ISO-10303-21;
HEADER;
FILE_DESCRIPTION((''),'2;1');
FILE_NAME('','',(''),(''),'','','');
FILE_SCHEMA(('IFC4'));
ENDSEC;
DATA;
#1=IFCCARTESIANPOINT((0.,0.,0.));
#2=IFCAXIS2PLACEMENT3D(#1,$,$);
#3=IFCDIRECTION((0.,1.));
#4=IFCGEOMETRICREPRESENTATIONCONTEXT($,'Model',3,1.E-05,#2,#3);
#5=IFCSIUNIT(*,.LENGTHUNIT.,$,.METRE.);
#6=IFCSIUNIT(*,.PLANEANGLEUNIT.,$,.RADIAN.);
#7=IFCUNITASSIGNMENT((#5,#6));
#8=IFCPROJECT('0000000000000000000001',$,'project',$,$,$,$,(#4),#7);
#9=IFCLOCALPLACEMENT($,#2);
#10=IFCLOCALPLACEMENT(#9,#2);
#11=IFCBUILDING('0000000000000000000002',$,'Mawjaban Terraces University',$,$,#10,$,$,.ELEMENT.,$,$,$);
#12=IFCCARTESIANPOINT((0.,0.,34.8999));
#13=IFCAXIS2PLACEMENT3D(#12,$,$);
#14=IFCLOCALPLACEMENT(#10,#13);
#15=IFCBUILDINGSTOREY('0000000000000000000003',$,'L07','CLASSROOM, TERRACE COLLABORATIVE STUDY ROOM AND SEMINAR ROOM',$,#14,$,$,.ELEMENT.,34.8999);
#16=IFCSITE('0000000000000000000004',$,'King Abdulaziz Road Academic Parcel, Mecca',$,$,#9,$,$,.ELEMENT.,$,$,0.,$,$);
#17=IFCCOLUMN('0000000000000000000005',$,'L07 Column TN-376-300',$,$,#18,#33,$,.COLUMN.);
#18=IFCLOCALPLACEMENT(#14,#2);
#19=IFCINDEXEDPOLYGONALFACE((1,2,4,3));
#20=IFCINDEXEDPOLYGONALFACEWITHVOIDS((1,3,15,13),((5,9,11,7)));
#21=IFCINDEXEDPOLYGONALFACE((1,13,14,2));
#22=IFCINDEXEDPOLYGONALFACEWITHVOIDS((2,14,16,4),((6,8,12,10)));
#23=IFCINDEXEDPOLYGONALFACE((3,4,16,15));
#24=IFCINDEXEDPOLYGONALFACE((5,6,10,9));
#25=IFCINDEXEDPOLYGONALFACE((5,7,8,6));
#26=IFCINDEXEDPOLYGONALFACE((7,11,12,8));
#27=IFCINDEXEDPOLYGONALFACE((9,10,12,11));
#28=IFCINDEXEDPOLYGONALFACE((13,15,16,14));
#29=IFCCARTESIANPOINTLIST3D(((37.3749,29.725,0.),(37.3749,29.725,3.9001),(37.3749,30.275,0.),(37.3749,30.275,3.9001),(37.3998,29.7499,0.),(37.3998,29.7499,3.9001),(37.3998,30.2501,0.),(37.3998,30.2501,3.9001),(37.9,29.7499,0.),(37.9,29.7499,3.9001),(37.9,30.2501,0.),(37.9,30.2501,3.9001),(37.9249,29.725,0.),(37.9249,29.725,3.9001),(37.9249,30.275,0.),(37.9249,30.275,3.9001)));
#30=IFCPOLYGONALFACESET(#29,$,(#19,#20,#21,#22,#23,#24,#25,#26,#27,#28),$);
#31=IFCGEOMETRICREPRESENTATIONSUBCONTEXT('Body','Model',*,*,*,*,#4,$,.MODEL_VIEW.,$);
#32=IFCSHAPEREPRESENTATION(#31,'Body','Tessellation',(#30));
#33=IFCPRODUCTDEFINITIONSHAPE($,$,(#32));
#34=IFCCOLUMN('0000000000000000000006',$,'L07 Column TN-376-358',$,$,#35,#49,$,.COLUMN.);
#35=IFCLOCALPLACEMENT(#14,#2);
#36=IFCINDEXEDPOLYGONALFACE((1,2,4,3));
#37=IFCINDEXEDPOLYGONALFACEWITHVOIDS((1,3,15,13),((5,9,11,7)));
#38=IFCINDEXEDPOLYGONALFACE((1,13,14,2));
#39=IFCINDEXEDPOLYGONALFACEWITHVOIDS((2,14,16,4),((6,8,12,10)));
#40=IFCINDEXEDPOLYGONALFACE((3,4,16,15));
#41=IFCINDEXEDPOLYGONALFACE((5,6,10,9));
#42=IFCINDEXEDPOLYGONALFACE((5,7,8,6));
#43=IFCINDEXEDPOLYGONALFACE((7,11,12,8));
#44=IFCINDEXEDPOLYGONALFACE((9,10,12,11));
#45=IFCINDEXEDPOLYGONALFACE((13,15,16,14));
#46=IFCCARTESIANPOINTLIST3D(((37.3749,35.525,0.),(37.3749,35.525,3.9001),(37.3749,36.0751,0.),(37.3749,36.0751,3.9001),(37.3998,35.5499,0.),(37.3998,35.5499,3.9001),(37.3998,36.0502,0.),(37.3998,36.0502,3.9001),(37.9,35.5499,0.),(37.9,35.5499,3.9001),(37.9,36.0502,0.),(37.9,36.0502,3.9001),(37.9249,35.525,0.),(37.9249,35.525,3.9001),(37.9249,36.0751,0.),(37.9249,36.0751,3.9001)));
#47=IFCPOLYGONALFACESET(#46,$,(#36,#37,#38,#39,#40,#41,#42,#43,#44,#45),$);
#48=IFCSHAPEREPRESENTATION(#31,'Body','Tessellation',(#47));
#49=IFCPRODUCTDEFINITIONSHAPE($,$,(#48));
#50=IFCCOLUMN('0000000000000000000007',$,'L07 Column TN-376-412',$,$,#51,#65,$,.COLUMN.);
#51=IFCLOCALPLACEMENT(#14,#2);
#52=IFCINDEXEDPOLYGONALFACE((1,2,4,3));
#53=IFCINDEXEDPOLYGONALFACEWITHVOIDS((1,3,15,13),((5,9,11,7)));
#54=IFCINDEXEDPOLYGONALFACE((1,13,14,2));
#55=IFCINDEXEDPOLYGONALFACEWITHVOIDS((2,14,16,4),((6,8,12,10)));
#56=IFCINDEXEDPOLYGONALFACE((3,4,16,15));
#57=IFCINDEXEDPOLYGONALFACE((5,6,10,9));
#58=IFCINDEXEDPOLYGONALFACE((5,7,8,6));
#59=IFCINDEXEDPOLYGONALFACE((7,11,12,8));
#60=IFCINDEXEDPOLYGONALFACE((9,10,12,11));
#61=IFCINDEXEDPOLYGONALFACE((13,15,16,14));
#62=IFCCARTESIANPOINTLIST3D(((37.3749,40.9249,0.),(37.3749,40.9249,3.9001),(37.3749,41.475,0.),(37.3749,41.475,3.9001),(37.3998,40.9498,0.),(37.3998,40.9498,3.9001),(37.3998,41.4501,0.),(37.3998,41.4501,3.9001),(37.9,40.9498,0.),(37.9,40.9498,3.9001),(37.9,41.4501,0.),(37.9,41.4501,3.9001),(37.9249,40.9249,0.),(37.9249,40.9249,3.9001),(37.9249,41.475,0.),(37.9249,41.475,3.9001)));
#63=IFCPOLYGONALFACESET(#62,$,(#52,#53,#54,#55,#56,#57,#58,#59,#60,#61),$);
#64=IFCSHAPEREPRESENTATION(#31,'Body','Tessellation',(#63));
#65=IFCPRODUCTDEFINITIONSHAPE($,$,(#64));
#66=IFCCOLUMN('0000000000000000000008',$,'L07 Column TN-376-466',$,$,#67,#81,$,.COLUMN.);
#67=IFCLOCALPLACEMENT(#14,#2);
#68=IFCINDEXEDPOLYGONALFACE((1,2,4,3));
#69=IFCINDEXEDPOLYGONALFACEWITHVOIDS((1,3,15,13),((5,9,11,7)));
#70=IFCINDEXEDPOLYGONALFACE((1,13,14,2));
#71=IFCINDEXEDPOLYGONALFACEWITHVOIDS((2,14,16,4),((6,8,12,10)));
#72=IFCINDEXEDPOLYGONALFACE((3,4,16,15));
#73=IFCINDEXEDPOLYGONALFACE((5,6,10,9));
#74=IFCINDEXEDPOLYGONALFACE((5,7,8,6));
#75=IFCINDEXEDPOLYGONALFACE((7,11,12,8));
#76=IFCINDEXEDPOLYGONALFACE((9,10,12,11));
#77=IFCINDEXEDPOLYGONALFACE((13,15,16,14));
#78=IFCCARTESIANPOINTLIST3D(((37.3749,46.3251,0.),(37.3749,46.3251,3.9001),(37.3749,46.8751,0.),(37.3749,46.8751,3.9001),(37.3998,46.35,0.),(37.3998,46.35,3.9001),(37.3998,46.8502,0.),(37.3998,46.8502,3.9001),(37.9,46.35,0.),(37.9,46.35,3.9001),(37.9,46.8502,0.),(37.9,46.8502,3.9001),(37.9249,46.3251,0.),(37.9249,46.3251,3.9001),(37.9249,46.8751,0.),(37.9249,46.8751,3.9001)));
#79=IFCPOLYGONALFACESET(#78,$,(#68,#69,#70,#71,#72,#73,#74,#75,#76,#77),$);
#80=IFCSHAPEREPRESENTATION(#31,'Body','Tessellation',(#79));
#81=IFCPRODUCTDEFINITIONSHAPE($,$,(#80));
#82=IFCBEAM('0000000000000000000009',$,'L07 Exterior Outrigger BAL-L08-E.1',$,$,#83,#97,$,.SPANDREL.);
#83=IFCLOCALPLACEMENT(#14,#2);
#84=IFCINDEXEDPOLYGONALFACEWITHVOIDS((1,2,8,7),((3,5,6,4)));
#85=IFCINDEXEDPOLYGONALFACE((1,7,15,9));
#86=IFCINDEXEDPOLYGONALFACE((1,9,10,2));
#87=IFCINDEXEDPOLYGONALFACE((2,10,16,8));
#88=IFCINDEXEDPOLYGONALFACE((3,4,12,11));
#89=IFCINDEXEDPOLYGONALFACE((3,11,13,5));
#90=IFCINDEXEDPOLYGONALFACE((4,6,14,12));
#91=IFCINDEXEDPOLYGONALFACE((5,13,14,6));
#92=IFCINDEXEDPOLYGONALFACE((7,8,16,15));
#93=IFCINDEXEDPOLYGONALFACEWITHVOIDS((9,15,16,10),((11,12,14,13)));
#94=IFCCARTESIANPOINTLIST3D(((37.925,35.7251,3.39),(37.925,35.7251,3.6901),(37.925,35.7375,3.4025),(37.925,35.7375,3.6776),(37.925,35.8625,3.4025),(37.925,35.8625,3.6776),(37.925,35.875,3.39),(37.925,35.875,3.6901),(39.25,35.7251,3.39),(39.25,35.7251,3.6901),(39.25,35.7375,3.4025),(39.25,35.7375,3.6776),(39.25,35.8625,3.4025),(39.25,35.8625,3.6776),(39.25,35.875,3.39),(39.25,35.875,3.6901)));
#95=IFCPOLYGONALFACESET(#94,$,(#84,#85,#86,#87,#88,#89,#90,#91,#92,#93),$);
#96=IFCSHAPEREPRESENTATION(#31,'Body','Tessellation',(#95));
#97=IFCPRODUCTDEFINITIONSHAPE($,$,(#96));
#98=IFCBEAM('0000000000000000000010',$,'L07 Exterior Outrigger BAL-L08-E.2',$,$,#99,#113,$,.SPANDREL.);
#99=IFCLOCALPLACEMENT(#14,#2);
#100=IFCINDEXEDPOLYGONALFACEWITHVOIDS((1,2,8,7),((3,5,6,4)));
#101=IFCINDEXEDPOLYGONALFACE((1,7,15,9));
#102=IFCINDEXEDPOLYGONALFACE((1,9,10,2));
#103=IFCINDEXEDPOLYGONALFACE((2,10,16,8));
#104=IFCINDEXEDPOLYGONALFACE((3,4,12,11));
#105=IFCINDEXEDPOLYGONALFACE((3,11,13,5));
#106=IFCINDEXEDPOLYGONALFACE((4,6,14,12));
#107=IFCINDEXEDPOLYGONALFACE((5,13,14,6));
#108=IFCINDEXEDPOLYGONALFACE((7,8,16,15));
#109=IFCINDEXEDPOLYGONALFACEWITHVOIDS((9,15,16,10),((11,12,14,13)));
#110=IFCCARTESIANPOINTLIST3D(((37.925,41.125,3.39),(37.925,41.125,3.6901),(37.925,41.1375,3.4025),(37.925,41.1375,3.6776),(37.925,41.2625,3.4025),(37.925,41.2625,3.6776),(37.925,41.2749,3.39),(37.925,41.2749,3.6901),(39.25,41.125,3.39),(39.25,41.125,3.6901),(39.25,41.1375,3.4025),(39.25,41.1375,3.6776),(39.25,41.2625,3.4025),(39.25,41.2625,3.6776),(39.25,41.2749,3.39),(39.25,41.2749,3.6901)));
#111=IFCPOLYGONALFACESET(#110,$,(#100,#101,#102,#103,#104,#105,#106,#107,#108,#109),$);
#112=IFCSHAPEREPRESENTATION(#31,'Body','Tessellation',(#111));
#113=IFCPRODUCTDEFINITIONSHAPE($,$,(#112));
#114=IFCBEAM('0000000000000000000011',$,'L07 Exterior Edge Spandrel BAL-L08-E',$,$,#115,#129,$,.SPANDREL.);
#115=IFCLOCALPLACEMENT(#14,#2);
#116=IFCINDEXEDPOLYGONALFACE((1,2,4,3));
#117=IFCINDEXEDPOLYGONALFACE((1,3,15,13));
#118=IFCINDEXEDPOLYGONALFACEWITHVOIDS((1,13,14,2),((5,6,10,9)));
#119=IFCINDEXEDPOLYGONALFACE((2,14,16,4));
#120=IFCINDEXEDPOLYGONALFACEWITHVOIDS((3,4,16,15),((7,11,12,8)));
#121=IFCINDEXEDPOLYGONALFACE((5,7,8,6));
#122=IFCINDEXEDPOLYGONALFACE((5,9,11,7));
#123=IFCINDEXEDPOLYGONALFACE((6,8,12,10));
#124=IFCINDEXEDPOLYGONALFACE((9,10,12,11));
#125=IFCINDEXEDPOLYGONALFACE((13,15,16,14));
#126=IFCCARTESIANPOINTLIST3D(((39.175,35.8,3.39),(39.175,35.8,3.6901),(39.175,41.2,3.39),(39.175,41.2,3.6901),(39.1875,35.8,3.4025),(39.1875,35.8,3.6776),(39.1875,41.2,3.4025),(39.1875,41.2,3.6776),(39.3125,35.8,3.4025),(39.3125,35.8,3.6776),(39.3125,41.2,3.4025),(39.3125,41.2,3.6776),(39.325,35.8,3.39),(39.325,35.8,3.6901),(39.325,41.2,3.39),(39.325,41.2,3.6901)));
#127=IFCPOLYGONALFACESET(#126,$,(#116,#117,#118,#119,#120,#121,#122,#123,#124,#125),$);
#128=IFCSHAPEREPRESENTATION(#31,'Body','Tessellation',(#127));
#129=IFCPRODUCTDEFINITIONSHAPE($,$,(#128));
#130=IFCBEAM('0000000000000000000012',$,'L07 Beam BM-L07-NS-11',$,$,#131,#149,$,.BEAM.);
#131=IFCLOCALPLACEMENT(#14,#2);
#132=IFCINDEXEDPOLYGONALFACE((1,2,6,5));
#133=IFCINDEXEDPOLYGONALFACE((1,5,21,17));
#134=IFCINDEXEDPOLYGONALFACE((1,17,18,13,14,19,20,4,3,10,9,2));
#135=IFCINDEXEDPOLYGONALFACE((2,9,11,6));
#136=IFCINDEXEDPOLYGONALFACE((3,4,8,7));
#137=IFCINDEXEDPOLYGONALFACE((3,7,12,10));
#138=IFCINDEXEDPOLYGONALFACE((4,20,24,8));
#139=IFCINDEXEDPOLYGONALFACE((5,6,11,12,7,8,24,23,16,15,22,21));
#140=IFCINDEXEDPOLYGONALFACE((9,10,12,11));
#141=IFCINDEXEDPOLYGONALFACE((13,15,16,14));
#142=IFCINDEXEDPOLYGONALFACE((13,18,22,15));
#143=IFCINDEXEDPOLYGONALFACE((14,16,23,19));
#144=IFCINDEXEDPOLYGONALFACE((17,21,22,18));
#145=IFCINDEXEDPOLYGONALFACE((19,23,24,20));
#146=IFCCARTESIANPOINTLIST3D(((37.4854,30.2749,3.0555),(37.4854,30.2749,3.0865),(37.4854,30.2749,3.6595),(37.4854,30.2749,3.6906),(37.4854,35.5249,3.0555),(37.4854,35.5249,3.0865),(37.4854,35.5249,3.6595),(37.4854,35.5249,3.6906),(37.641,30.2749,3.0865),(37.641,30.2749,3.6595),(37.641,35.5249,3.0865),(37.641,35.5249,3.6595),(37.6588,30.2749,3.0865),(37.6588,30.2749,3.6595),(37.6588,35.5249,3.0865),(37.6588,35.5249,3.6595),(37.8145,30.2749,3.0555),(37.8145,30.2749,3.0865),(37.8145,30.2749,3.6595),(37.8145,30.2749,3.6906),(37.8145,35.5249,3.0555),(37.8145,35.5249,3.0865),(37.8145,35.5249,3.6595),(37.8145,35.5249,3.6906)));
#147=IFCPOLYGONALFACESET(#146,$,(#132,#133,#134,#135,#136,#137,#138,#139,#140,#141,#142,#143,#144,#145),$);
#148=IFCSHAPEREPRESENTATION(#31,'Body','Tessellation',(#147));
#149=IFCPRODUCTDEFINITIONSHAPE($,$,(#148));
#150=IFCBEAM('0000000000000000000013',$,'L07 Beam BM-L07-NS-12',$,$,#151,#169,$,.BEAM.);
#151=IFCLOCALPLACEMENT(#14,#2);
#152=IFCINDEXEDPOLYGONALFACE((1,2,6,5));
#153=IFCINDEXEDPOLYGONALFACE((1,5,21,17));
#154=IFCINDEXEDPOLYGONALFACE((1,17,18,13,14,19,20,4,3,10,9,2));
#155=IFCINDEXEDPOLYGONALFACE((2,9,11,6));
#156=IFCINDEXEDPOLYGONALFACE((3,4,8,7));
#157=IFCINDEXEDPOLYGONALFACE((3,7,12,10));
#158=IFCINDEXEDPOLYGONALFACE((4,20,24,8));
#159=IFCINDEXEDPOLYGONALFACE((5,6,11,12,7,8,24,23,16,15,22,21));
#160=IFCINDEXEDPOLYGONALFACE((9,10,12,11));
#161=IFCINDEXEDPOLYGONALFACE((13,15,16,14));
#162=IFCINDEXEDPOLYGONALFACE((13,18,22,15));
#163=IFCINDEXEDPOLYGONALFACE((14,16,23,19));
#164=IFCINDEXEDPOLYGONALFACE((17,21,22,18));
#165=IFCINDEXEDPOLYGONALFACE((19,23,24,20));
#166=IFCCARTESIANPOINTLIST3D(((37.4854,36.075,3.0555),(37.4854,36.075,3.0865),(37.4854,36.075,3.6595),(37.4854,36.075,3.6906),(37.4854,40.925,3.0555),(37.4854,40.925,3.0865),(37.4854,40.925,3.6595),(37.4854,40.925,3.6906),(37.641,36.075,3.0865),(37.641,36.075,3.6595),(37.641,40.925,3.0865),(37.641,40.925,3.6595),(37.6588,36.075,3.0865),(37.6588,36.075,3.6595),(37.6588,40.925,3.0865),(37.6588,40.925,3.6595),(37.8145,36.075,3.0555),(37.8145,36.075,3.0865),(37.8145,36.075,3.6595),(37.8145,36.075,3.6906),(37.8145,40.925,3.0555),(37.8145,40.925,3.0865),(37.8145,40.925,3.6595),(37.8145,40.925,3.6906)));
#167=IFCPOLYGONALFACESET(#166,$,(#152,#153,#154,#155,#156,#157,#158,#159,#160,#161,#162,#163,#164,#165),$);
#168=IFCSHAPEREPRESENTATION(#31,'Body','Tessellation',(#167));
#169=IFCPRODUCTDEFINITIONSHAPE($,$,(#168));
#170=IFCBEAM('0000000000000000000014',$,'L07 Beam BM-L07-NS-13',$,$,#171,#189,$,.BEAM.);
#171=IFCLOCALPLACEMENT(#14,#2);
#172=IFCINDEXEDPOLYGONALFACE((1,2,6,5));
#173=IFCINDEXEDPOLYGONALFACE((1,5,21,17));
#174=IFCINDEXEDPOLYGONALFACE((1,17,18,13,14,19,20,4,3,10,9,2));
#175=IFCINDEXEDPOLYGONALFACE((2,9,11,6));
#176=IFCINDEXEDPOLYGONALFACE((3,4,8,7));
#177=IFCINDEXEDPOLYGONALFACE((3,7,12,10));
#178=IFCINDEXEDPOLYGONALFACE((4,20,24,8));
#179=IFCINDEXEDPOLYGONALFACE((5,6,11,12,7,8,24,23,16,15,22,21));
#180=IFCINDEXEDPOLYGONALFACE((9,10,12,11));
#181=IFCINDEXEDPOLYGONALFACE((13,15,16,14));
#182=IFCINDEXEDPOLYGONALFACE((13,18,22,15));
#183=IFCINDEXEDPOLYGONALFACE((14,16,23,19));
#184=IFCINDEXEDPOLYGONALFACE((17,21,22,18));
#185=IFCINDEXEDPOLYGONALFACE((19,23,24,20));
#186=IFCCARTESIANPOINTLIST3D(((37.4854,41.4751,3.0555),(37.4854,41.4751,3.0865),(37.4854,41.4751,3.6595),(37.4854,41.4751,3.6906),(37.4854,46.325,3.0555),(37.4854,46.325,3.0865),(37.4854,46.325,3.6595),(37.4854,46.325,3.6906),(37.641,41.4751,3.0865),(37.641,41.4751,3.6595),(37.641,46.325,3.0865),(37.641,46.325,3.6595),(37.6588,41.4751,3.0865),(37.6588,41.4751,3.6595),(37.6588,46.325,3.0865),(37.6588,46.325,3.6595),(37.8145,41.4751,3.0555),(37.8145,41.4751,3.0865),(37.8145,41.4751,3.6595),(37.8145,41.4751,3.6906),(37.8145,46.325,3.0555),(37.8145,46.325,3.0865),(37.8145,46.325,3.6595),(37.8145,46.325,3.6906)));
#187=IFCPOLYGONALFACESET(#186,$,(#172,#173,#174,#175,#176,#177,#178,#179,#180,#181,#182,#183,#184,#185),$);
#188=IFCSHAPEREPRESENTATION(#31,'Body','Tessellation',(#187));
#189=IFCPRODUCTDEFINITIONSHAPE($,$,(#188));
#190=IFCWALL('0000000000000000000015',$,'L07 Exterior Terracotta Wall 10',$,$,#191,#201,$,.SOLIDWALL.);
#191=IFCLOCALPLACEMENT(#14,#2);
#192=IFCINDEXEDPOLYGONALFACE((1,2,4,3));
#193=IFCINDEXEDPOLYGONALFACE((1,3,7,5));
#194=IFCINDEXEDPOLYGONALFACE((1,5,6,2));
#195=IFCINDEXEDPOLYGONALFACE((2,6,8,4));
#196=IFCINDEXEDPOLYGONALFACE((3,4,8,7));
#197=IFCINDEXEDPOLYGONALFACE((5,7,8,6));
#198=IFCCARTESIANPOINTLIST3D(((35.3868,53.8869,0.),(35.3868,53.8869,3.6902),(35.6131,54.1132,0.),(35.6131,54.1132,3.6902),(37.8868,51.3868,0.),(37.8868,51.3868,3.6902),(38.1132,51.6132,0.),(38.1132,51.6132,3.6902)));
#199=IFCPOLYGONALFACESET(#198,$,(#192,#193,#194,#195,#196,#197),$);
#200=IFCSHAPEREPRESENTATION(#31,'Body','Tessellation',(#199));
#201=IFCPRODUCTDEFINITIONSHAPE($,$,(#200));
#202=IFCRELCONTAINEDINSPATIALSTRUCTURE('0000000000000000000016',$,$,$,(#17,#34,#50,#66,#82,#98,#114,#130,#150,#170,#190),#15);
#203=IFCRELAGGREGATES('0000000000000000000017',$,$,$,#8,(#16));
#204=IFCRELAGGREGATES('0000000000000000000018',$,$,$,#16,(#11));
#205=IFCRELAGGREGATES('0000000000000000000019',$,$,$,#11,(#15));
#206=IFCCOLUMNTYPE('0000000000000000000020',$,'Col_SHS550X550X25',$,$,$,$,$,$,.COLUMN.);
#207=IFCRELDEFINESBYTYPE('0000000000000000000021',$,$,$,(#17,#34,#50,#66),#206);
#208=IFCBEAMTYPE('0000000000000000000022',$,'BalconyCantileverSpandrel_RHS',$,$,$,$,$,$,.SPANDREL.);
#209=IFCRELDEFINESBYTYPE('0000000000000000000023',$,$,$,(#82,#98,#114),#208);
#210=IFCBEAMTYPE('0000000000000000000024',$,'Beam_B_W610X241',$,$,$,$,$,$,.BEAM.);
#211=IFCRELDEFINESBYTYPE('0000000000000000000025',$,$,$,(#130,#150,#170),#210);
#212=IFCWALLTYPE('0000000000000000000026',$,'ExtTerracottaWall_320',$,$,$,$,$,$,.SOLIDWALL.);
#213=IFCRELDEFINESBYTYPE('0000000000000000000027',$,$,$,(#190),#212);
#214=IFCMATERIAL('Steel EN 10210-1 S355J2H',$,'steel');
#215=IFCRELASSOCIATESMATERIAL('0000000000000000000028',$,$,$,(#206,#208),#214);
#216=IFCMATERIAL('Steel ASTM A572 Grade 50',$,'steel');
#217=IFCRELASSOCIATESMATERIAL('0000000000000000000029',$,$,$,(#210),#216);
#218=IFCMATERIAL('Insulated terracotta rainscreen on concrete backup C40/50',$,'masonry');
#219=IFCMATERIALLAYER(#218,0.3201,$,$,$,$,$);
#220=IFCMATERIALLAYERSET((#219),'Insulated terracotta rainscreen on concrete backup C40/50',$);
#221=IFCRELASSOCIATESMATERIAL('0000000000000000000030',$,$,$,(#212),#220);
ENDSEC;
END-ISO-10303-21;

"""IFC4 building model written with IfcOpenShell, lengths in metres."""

from ifc_helpers import new_model, si_unit, direction, frame, frame_2d, origin, origin_2d, place, context, subcontext, project, spatial, rectangle, hollow_rectangle, i_section, extrude, material, layer, layer_set, material_profile, profile_set, type_object, element, save


model = new_model("IFC4")

# Units and contexts
model_context = context("Model", 3, precision=1e-05, world=origin(), true_north=direction((0.0, 1.0)))
body_context = subcontext(model_context, "Body", "Model", "MODEL_VIEW")
ifc_project = project(units=[si_unit("LENGTHUNIT", "METRE"), si_unit("PLANEANGLEUNIT", "RADIAN")], contexts=[model_context])

# Site, building, storey
site_placement = place(None, origin())
site = spatial("IfcSite", under=ifc_project, at=site_placement, Name="King Abdulaziz Road Academic Parcel, Mecca", CompositionType="ELEMENT", RefElevation=0.0)
building_placement = place(site_placement, origin())
building = spatial("IfcBuilding", under=site, at=building_placement, Name="Mawjaban Terraces University", CompositionType="ELEMENT")
storey_placement = place(building_placement, frame((0.0, 0.0, 34.8999)))
storey = spatial("IfcBuildingStorey", under=building, at=storey_placement, Name="L07", Description="CLASSROOM, TERRACE COLLABORATIVE STUDY ROOM AND SEMINAR ROOM", CompositionType="ELEMENT", Elevation=34.8999)

# Columns
ifc_material_1 = material(Name="Steel EN 10210-1 S355J2H", Category="steel")
ifc_material_profile_1 = material_profile(ifc_material_1, hollow_rectangle(XDim=0.55, YDim=0.55, WallThickness=0.0249, at=origin_2d()), Name="SHS550X550X25")
ifc_profile_set_1 = profile_set([ifc_material_profile_1], Name="Steel EN 10210-1 S355J2H")
column_type = type_object("IfcColumnType", Name="Col_SHS550X550X25", PredefinedType="COLUMN", material=ifc_profile_set_1)
for number, where, z_axis, x_axis, name in (
    (1, (37.6499, 30.0, 0.0), (0.0, 0.0, 1.0), (1.0, 0.0, 0.0), "L07 Column TN-376-300"),
    (2, (37.6499, 35.8, 0.0), (0.0, 0.0, 1.0), (1.0, 0.0, 0.0), "L07 Column TN-376-358"),
    (3, (37.6499, 41.2, 0.0), (0.0, 0.0, 1.0), (1.0, 0.0, 0.0), "L07 Column TN-376-412"),
    (4, (37.6499, 46.6001, 0.0), (0.0, 0.0, 1.0), (1.0, 0.0, 0.0), "L07 Column TN-376-466"),
):
    element("IfcColumn", number, at=place(storey_placement, frame(where, z_axis=z_axis, x_axis=x_axis)), inside=storey, type_object=column_type, Name=name, PredefinedType="COLUMN", context=body_context, shape_type="SweptSolid", body=[
        extrude(hollow_rectangle(XDim=0.55, YDim=0.55, WallThickness=0.0249, at=origin_2d()), origin(), (0.0, 0.0, 1.0), 3.9001),
    ])

# Beams
ifc_material_profile_2 = material_profile(ifc_material_1, hollow_rectangle(XDim=0.1499, YDim=0.3, WallThickness=0.0125, at=origin_2d()), Name="RHS300X150X12.5")
ifc_profile_set_2 = profile_set([ifc_material_profile_2], Name="Steel EN 10210-1 S355J2H")
beam_type_1 = type_object("IfcBeamType", Name="BalconyCantileverSpandrel_RHS", PredefinedType="SPANDREL", material=ifc_profile_set_2)
for number, where, z_axis, x_axis, name in (
    (5, (37.925, 35.8, 3.54), (1.0, 0.0, 0.0), (0.0, 1.0, 0.0), "L07 Exterior Outrigger BAL-L08-E.1"),
    (6, (37.925, 41.2, 3.54), (1.0, 0.0, 0.0), (0.0, 1.0, 0.0), "L07 Exterior Outrigger BAL-L08-E.2"),
):
    element("IfcBeam", number, at=place(storey_placement, frame(where, z_axis=z_axis, x_axis=x_axis)), inside=storey, type_object=beam_type_1, Name=name, PredefinedType="SPANDREL", context=body_context, shape_type="SweptSolid", body=[
        extrude(hollow_rectangle(XDim=0.1499, YDim=0.3, WallThickness=0.0125, at=origin_2d()), origin(), (0.0, 0.0, 1.0), 1.325),
    ])
beam_1_placement = place(storey_placement, frame((39.25, 35.8, 3.54), z_axis=(0.0, 1.0, 0.0), x_axis=(-1.0, 0.0, 0.0)))
element("IfcBeam", 7, at=beam_1_placement, inside=storey, type_object=beam_type_1, Name="L07 Exterior Edge Spandrel BAL-L08-E", PredefinedType="SPANDREL", context=body_context, shape_type="SweptSolid", body=[
    extrude(hollow_rectangle(XDim=0.1499, YDim=0.3, WallThickness=0.0125, at=origin_2d()), origin(), (0.0, 0.0, 1.0), 5.3999),
])
ifc_material_2 = material(Name="Steel ASTM A572 Grade 50", Category="steel")
ifc_material_profile_3 = material_profile(ifc_material_2, i_section(OverallWidth=0.3291, OverallDepth=0.635, WebThickness=0.0178, FlangeThickness=0.031, at=origin_2d()), Name="W610X241")
ifc_profile_set_3 = profile_set([ifc_material_profile_3], Name="Steel ASTM A572 Grade 50")
beam_type_2 = type_object("IfcBeamType", Name="Beam_B_W610X241", PredefinedType="BEAM", material=ifc_profile_set_3)
beam_2_placement = place(storey_placement, frame((37.6499, 30.2749, 3.373), z_axis=(0.0, 1.0, 0.0), x_axis=(-1.0, 0.0, 0.0)))
element("IfcBeam", 8, at=beam_2_placement, inside=storey, type_object=beam_type_2, Name="L07 Beam BM-L07-NS-11", PredefinedType="BEAM", context=body_context, shape_type="SweptSolid", body=[
    extrude(i_section(OverallWidth=0.3291, OverallDepth=0.635, WebThickness=0.0178, FlangeThickness=0.031, at=origin_2d()), origin(), (0.0, 0.0, 1.0), 5.25),
])
beam_3_placement = place(storey_placement, frame((37.6499, 36.075, 3.373), z_axis=(0.0, 1.0, 0.0), x_axis=(-1.0, 0.0, 0.0)))
element("IfcBeam", 9, at=beam_3_placement, inside=storey, type_object=beam_type_2, Name="L07 Beam BM-L07-NS-12", PredefinedType="BEAM", context=body_context, shape_type="SweptSolid", body=[
    extrude(i_section(OverallWidth=0.3291, OverallDepth=0.635, WebThickness=0.0178, FlangeThickness=0.031, at=origin_2d()), origin(), (0.0, 0.0, 1.0), 4.8501),
])
beam_4_placement = place(storey_placement, frame((37.6499, 41.4751, 3.373), z_axis=(0.0, 1.0, 0.0), x_axis=(-1.0, 0.0, 0.0)))
element("IfcBeam", 10, at=beam_4_placement, inside=storey, type_object=beam_type_2, Name="L07 Beam BM-L07-NS-13", PredefinedType="BEAM", context=body_context, shape_type="SweptSolid", body=[
    extrude(i_section(OverallWidth=0.3291, OverallDepth=0.635, WebThickness=0.0178, FlangeThickness=0.031, at=origin_2d()), origin(), (0.0, 0.0, 1.0), 4.8499),
])

# Wall
ifc_material_3 = material(Name="Insulated terracotta rainscreen on concrete backup C40/50", Category="masonry")
ifc_layer_1 = layer(ifc_material_3, 0.3201)
ifc_layer_set_1 = layer_set([ifc_layer_1], Name="Insulated terracotta rainscreen on concrete backup C40/50")
wall_type_1 = type_object("IfcWallType", Name="ExtTerracottaWall_320", PredefinedType="SOLIDWALL", material=ifc_layer_set_1)
wall_1_placement = place(storey_placement, frame((38.0, 51.5, 0.0), z_axis=(0.0, 0.0, 1.0), x_axis=(-0.707107, 0.707107, 0.0)))
element("IfcWall", 11, at=wall_1_placement, inside=storey, type_object=wall_type_1, Name="L07 Exterior Terracotta Wall 10", PredefinedType="SOLIDWALL", context=body_context, shape_type="SweptSolid", body=[
    extrude(rectangle(XDim=3.5356, YDim=0.3201, at=frame_2d((1.7678, 0.0))), origin(), (0.0, 0.0, 1.0), 3.6902),
])

save(model, "model.ifc")
